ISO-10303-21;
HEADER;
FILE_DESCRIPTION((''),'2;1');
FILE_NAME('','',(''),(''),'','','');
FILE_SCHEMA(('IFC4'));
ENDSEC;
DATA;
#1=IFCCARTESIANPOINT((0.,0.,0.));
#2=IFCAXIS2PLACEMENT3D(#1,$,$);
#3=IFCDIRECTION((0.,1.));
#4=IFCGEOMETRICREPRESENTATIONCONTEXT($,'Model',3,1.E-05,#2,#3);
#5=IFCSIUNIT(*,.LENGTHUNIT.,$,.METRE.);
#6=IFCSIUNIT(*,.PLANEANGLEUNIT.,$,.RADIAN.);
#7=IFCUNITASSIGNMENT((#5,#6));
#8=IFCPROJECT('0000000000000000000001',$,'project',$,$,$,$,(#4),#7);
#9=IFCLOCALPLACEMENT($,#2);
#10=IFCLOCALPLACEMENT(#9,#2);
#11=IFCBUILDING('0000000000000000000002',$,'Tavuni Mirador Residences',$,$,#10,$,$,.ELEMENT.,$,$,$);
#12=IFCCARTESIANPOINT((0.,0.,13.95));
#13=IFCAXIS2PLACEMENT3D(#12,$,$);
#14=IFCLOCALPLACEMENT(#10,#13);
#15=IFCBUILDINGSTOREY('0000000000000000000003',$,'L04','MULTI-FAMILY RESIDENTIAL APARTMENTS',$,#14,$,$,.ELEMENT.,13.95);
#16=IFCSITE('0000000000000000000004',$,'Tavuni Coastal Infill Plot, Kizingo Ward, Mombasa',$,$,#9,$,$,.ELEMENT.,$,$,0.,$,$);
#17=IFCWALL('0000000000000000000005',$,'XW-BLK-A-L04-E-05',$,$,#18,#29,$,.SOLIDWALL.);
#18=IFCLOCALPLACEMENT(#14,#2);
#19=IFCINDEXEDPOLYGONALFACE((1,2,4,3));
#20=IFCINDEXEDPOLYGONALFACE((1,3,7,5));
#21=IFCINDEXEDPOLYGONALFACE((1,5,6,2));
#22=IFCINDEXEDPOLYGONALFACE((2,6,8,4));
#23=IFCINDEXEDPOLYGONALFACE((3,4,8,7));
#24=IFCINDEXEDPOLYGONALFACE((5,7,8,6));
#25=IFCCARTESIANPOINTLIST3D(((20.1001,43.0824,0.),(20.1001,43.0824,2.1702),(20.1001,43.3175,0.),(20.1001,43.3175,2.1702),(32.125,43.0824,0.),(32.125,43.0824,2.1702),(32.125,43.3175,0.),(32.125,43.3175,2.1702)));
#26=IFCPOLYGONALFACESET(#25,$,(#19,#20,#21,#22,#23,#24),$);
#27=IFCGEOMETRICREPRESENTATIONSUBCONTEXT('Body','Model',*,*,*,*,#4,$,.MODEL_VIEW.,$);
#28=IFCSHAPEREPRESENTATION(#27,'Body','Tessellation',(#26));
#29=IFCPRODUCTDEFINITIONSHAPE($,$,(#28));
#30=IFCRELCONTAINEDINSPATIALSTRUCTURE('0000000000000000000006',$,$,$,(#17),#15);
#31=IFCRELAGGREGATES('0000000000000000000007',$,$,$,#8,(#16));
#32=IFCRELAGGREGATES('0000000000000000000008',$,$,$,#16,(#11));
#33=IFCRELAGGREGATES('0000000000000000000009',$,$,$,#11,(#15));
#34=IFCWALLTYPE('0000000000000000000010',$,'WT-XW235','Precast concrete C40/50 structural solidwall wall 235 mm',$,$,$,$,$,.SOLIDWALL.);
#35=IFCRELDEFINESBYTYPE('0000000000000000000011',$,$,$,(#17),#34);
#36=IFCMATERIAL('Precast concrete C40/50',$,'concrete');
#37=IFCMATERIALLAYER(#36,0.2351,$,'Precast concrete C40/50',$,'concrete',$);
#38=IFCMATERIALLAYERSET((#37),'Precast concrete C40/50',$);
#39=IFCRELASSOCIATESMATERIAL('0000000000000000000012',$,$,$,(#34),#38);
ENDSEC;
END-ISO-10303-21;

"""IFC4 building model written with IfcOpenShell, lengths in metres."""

from ifc_helpers import new_model, si_unit, direction, frame, frame_2d, origin, place, context, subcontext, project, spatial, rectangle, extrude, material, layer, layer_set, type_object, element, save


model = new_model("IFC4")

# Units and contexts
model_context = context("Model", 3, precision=1e-05, world=origin(), true_north=direction((0.0, 1.0)))
body_context = subcontext(model_context, "Body", "Model", "MODEL_VIEW")
ifc_project = project(units=[si_unit("LENGTHUNIT", "METRE"), si_unit("PLANEANGLEUNIT", "RADIAN")], contexts=[model_context])

# Site, building, storey
site_placement = place(None, origin())
site = spatial("IfcSite", under=ifc_project, at=site_placement, Name="Tavuni Coastal Infill Plot, Kizingo Ward, Mombasa", CompositionType="ELEMENT", RefElevation=0.0)
building_placement = place(site_placement, origin())
building = spatial("IfcBuilding", under=site, at=building_placement, Name="Tavuni Mirador Residences", CompositionType="ELEMENT")
storey_placement = place(building_placement, frame((0.0, 0.0, 13.95)))
storey = spatial("IfcBuildingStorey", under=building, at=storey_placement, Name="L04", Description="MULTI-FAMILY RESIDENTIAL APARTMENTS", CompositionType="ELEMENT", Elevation=13.95)

# Shared definitions
ifc_material_1 = material(Name="Precast concrete C40/50", Category="concrete")

# Wall
ifc_layer_1 = layer(ifc_material_1, 0.2351, Name="Precast concrete C40/50", Category="concrete")
ifc_layer_set_1 = layer_set([ifc_layer_1], Name="Precast concrete C40/50")
wall_type_1 = type_object("IfcWallType", Name="WT-XW235", Description="Precast concrete C40/50 structural solidwall wall 235 mm", PredefinedType="SOLIDWALL", material=ifc_layer_set_1)
wall_1_placement = place(storey_placement, frame((20.1001, 43.2, 0.0), z_axis=(0.0, 0.0, 1.0), x_axis=(1.0, 0.0, 0.0)))
element("IfcWall", 1, at=wall_1_placement, inside=storey, type_object=wall_type_1, Name="XW-BLK-A-L04-E-05", PredefinedType="SOLIDWALL", context=body_context, shape_type="SweptSolid", body=[
    extrude(rectangle(XDim=12.0249, YDim=0.2351, at=frame_2d((6.0125, 0.0))), origin(), (0.0, 0.0, 1.0), 2.1702),
])

save(model, "model.ifc")
